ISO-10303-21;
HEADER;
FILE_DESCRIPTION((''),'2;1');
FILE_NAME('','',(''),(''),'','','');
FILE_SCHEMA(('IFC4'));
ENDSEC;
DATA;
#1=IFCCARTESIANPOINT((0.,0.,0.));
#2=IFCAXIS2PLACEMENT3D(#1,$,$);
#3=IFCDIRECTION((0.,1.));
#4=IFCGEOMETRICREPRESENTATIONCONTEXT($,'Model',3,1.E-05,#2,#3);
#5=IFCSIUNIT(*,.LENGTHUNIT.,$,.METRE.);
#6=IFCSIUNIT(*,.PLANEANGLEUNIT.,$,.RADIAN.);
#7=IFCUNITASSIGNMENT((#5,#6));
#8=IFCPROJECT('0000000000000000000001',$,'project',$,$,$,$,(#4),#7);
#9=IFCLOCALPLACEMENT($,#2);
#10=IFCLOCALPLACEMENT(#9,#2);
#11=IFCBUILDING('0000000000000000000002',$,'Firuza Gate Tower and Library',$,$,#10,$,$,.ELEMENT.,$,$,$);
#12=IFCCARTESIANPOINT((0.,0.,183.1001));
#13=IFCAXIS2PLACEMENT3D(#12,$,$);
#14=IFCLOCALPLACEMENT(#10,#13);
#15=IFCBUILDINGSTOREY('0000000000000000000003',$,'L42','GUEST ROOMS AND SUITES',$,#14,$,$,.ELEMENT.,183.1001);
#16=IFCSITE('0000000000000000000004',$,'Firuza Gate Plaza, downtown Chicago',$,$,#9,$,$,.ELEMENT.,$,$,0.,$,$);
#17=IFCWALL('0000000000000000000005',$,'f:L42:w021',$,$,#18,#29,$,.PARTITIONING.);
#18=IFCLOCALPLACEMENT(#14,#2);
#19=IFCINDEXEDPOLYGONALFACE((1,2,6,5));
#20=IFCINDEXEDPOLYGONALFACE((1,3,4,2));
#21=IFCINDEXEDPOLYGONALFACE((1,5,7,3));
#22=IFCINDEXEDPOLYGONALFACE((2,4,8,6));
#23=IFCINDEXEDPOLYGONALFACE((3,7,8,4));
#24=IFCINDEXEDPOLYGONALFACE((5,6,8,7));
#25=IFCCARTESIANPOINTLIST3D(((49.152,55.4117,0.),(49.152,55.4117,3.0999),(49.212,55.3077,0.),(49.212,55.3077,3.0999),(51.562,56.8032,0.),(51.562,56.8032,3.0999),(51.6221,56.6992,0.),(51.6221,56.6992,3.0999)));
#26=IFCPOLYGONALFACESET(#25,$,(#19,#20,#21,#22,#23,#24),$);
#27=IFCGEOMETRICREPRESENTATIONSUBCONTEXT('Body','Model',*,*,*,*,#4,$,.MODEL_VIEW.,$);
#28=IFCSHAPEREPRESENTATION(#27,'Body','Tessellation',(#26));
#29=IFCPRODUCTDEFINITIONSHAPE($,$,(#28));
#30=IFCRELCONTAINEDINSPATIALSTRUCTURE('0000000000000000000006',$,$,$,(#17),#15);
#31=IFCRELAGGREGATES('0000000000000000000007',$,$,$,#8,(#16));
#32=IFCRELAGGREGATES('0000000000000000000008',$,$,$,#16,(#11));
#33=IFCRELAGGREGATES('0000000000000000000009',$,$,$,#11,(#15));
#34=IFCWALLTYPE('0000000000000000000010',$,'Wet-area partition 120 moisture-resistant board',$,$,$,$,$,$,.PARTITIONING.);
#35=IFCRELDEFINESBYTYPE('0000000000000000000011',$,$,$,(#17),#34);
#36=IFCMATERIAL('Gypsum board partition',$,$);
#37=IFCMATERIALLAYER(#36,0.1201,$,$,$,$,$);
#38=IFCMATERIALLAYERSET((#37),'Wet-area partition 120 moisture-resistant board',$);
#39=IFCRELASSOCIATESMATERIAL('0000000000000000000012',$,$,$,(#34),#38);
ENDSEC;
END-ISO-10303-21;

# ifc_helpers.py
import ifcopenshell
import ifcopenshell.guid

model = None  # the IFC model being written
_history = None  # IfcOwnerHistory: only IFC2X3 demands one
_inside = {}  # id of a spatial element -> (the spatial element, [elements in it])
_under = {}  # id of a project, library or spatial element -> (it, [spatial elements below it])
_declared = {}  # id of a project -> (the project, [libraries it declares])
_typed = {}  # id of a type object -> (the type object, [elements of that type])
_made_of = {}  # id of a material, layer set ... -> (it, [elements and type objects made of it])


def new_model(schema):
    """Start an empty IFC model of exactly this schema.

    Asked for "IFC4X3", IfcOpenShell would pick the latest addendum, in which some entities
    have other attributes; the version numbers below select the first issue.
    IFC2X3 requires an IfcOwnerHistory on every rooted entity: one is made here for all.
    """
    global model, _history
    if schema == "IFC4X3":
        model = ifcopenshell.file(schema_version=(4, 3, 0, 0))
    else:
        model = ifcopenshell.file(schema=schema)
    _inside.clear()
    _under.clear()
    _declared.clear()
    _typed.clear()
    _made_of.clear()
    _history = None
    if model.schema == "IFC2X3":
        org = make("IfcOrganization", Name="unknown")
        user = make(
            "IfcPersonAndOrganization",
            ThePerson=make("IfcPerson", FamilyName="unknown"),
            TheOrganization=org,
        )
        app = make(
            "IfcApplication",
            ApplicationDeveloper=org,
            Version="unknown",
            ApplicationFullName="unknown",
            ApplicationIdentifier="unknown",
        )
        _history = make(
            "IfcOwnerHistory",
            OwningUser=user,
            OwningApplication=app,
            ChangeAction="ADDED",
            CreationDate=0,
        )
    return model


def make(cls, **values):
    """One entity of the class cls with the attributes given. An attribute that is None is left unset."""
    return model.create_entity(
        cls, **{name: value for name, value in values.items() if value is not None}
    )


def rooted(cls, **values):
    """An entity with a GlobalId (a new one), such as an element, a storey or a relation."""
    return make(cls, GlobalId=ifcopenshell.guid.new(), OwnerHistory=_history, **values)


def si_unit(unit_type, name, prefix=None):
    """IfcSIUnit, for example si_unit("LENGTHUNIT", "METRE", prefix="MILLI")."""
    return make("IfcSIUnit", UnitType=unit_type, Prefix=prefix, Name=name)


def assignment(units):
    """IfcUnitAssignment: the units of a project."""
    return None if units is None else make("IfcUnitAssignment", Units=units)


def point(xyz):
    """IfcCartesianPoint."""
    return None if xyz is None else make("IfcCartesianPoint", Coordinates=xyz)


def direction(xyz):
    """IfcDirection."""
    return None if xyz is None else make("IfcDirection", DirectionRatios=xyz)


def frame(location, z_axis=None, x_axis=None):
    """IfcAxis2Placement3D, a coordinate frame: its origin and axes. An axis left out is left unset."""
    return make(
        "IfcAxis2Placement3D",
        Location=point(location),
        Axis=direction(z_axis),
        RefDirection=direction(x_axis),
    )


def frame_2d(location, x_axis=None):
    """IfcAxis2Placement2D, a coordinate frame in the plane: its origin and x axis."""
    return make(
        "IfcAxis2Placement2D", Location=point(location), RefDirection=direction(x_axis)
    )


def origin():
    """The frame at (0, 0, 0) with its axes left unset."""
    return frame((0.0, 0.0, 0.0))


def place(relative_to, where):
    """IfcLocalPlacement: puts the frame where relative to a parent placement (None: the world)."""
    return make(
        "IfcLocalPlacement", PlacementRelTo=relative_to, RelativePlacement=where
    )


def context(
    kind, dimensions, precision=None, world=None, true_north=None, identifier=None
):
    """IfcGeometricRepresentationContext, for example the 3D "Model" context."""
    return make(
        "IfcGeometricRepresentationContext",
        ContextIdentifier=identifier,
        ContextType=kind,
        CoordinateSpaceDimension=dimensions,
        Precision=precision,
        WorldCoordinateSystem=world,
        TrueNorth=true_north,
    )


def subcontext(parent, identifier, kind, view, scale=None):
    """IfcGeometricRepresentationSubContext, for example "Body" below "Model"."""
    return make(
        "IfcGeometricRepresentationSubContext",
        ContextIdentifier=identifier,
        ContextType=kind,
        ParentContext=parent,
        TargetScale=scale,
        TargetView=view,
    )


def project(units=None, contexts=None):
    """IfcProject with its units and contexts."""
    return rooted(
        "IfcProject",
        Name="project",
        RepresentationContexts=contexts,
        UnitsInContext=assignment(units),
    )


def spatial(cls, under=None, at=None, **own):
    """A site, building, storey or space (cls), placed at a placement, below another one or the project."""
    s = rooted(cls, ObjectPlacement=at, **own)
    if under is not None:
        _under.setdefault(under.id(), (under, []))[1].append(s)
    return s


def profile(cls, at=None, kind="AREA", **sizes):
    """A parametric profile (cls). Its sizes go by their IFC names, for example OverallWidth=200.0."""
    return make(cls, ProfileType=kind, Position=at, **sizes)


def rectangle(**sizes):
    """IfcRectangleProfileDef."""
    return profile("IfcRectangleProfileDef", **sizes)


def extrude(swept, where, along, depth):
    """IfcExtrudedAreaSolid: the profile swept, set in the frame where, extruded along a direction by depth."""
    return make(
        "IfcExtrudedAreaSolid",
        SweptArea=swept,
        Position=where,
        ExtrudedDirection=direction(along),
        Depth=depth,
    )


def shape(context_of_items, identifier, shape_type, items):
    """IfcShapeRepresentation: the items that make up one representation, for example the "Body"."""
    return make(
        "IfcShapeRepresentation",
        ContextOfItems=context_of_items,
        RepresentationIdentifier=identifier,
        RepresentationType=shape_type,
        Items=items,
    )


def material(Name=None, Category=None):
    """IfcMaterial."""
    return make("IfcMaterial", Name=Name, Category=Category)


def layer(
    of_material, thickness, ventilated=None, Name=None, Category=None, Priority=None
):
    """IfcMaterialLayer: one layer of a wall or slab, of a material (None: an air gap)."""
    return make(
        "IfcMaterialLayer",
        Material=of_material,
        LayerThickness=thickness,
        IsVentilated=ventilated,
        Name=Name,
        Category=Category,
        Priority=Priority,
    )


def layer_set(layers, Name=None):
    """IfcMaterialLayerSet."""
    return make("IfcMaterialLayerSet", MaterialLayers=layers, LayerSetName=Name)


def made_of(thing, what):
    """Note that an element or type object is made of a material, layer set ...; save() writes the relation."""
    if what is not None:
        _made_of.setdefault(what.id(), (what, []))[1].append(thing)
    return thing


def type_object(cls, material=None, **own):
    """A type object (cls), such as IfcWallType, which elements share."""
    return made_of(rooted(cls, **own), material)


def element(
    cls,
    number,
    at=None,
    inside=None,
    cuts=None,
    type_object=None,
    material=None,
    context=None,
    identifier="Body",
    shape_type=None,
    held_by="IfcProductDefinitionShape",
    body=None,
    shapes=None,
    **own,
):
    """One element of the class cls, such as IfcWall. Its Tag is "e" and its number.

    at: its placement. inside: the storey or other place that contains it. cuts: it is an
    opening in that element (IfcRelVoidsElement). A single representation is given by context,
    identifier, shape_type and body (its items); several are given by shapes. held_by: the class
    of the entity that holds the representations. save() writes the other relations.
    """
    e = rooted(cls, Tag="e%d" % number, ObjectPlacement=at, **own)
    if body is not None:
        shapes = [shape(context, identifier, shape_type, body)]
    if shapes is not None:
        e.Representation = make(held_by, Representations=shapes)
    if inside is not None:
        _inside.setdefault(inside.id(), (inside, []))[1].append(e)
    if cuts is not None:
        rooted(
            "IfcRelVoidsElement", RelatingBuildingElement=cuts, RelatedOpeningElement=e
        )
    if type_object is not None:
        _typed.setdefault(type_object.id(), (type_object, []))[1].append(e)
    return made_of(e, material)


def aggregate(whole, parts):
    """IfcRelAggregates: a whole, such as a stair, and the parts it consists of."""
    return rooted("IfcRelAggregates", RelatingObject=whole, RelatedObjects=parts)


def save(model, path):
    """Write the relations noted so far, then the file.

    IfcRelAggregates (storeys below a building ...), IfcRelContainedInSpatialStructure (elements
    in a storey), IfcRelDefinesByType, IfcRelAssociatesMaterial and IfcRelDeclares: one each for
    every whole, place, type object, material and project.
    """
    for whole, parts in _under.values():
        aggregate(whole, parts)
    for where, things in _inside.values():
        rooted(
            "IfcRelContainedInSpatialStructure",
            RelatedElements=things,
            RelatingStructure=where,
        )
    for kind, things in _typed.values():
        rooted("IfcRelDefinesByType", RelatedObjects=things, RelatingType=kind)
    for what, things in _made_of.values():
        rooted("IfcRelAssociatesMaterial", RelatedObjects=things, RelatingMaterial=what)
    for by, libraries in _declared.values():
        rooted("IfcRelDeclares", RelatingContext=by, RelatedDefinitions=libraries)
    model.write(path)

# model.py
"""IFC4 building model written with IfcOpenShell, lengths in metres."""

from ifc_helpers import new_model, si_unit, direction, frame, frame_2d, origin, place, context, subcontext, project, spatial, rectangle, extrude, material, layer, layer_set, type_object, element, save


model = new_model("IFC4")

# Units and contexts
model_context = context("Model", 3, precision=1e-05, world=origin(), true_north=direction((0.0, 1.0)))
body_context = subcontext(model_context, "Body", "Model", "MODEL_VIEW")
ifc_project = project(units=[si_unit("LENGTHUNIT", "METRE"), si_unit("PLANEANGLEUNIT", "RADIAN")], contexts=[model_context])

# Site, building, storey
site_placement = place(None, origin())
site = spatial("IfcSite", under=ifc_project, at=site_placement, Name="Firuza Gate Plaza, downtown Chicago", CompositionType="ELEMENT", RefElevation=0.0)
building_placement = place(site_placement, origin())
building = spatial("IfcBuilding", under=site, at=building_placement, Name="Firuza Gate Tower and Library", CompositionType="ELEMENT")
storey_placement = place(building_placement, frame((0.0, 0.0, 183.1001)))
storey = spatial("IfcBuildingStorey", under=building, at=storey_placement, Name="L42", Description="GUEST ROOMS AND SUITES", CompositionType="ELEMENT", Elevation=183.1001)

# Wall
ifc_material_1 = material(Name="Gypsum board partition")
ifc_layer_1 = layer(ifc_material_1, 0.1201)
ifc_layer_set_1 = layer_set([ifc_layer_1], Name="Wet-area partition 120 moisture-resistant board")
wall_type_1 = type_object("IfcWallType", Name="Wet-area partition 120 moisture-resistant board", PredefinedType="PARTITIONING", material=ifc_layer_set_1)
wall_1_placement = place(storey_placement, frame((49.1819, 55.3596, 0.0), z_axis=(0.0, 0.0, 1.0), x_axis=(0.86601, 0.500026, 0.0)))
element("IfcWall", 1, at=wall_1_placement, inside=storey, type_object=wall_type_1, Name="f:L42:w021", PredefinedType="PARTITIONING", context=body_context, shape_type="SweptSolid", body=[
    extrude(rectangle(XDim=2.783, YDim=0.1201, at=frame_2d((1.3916, 0.0))), origin(), (0.0, 0.0, 1.0), 3.0999),
])

save(model, "model.ifc")
